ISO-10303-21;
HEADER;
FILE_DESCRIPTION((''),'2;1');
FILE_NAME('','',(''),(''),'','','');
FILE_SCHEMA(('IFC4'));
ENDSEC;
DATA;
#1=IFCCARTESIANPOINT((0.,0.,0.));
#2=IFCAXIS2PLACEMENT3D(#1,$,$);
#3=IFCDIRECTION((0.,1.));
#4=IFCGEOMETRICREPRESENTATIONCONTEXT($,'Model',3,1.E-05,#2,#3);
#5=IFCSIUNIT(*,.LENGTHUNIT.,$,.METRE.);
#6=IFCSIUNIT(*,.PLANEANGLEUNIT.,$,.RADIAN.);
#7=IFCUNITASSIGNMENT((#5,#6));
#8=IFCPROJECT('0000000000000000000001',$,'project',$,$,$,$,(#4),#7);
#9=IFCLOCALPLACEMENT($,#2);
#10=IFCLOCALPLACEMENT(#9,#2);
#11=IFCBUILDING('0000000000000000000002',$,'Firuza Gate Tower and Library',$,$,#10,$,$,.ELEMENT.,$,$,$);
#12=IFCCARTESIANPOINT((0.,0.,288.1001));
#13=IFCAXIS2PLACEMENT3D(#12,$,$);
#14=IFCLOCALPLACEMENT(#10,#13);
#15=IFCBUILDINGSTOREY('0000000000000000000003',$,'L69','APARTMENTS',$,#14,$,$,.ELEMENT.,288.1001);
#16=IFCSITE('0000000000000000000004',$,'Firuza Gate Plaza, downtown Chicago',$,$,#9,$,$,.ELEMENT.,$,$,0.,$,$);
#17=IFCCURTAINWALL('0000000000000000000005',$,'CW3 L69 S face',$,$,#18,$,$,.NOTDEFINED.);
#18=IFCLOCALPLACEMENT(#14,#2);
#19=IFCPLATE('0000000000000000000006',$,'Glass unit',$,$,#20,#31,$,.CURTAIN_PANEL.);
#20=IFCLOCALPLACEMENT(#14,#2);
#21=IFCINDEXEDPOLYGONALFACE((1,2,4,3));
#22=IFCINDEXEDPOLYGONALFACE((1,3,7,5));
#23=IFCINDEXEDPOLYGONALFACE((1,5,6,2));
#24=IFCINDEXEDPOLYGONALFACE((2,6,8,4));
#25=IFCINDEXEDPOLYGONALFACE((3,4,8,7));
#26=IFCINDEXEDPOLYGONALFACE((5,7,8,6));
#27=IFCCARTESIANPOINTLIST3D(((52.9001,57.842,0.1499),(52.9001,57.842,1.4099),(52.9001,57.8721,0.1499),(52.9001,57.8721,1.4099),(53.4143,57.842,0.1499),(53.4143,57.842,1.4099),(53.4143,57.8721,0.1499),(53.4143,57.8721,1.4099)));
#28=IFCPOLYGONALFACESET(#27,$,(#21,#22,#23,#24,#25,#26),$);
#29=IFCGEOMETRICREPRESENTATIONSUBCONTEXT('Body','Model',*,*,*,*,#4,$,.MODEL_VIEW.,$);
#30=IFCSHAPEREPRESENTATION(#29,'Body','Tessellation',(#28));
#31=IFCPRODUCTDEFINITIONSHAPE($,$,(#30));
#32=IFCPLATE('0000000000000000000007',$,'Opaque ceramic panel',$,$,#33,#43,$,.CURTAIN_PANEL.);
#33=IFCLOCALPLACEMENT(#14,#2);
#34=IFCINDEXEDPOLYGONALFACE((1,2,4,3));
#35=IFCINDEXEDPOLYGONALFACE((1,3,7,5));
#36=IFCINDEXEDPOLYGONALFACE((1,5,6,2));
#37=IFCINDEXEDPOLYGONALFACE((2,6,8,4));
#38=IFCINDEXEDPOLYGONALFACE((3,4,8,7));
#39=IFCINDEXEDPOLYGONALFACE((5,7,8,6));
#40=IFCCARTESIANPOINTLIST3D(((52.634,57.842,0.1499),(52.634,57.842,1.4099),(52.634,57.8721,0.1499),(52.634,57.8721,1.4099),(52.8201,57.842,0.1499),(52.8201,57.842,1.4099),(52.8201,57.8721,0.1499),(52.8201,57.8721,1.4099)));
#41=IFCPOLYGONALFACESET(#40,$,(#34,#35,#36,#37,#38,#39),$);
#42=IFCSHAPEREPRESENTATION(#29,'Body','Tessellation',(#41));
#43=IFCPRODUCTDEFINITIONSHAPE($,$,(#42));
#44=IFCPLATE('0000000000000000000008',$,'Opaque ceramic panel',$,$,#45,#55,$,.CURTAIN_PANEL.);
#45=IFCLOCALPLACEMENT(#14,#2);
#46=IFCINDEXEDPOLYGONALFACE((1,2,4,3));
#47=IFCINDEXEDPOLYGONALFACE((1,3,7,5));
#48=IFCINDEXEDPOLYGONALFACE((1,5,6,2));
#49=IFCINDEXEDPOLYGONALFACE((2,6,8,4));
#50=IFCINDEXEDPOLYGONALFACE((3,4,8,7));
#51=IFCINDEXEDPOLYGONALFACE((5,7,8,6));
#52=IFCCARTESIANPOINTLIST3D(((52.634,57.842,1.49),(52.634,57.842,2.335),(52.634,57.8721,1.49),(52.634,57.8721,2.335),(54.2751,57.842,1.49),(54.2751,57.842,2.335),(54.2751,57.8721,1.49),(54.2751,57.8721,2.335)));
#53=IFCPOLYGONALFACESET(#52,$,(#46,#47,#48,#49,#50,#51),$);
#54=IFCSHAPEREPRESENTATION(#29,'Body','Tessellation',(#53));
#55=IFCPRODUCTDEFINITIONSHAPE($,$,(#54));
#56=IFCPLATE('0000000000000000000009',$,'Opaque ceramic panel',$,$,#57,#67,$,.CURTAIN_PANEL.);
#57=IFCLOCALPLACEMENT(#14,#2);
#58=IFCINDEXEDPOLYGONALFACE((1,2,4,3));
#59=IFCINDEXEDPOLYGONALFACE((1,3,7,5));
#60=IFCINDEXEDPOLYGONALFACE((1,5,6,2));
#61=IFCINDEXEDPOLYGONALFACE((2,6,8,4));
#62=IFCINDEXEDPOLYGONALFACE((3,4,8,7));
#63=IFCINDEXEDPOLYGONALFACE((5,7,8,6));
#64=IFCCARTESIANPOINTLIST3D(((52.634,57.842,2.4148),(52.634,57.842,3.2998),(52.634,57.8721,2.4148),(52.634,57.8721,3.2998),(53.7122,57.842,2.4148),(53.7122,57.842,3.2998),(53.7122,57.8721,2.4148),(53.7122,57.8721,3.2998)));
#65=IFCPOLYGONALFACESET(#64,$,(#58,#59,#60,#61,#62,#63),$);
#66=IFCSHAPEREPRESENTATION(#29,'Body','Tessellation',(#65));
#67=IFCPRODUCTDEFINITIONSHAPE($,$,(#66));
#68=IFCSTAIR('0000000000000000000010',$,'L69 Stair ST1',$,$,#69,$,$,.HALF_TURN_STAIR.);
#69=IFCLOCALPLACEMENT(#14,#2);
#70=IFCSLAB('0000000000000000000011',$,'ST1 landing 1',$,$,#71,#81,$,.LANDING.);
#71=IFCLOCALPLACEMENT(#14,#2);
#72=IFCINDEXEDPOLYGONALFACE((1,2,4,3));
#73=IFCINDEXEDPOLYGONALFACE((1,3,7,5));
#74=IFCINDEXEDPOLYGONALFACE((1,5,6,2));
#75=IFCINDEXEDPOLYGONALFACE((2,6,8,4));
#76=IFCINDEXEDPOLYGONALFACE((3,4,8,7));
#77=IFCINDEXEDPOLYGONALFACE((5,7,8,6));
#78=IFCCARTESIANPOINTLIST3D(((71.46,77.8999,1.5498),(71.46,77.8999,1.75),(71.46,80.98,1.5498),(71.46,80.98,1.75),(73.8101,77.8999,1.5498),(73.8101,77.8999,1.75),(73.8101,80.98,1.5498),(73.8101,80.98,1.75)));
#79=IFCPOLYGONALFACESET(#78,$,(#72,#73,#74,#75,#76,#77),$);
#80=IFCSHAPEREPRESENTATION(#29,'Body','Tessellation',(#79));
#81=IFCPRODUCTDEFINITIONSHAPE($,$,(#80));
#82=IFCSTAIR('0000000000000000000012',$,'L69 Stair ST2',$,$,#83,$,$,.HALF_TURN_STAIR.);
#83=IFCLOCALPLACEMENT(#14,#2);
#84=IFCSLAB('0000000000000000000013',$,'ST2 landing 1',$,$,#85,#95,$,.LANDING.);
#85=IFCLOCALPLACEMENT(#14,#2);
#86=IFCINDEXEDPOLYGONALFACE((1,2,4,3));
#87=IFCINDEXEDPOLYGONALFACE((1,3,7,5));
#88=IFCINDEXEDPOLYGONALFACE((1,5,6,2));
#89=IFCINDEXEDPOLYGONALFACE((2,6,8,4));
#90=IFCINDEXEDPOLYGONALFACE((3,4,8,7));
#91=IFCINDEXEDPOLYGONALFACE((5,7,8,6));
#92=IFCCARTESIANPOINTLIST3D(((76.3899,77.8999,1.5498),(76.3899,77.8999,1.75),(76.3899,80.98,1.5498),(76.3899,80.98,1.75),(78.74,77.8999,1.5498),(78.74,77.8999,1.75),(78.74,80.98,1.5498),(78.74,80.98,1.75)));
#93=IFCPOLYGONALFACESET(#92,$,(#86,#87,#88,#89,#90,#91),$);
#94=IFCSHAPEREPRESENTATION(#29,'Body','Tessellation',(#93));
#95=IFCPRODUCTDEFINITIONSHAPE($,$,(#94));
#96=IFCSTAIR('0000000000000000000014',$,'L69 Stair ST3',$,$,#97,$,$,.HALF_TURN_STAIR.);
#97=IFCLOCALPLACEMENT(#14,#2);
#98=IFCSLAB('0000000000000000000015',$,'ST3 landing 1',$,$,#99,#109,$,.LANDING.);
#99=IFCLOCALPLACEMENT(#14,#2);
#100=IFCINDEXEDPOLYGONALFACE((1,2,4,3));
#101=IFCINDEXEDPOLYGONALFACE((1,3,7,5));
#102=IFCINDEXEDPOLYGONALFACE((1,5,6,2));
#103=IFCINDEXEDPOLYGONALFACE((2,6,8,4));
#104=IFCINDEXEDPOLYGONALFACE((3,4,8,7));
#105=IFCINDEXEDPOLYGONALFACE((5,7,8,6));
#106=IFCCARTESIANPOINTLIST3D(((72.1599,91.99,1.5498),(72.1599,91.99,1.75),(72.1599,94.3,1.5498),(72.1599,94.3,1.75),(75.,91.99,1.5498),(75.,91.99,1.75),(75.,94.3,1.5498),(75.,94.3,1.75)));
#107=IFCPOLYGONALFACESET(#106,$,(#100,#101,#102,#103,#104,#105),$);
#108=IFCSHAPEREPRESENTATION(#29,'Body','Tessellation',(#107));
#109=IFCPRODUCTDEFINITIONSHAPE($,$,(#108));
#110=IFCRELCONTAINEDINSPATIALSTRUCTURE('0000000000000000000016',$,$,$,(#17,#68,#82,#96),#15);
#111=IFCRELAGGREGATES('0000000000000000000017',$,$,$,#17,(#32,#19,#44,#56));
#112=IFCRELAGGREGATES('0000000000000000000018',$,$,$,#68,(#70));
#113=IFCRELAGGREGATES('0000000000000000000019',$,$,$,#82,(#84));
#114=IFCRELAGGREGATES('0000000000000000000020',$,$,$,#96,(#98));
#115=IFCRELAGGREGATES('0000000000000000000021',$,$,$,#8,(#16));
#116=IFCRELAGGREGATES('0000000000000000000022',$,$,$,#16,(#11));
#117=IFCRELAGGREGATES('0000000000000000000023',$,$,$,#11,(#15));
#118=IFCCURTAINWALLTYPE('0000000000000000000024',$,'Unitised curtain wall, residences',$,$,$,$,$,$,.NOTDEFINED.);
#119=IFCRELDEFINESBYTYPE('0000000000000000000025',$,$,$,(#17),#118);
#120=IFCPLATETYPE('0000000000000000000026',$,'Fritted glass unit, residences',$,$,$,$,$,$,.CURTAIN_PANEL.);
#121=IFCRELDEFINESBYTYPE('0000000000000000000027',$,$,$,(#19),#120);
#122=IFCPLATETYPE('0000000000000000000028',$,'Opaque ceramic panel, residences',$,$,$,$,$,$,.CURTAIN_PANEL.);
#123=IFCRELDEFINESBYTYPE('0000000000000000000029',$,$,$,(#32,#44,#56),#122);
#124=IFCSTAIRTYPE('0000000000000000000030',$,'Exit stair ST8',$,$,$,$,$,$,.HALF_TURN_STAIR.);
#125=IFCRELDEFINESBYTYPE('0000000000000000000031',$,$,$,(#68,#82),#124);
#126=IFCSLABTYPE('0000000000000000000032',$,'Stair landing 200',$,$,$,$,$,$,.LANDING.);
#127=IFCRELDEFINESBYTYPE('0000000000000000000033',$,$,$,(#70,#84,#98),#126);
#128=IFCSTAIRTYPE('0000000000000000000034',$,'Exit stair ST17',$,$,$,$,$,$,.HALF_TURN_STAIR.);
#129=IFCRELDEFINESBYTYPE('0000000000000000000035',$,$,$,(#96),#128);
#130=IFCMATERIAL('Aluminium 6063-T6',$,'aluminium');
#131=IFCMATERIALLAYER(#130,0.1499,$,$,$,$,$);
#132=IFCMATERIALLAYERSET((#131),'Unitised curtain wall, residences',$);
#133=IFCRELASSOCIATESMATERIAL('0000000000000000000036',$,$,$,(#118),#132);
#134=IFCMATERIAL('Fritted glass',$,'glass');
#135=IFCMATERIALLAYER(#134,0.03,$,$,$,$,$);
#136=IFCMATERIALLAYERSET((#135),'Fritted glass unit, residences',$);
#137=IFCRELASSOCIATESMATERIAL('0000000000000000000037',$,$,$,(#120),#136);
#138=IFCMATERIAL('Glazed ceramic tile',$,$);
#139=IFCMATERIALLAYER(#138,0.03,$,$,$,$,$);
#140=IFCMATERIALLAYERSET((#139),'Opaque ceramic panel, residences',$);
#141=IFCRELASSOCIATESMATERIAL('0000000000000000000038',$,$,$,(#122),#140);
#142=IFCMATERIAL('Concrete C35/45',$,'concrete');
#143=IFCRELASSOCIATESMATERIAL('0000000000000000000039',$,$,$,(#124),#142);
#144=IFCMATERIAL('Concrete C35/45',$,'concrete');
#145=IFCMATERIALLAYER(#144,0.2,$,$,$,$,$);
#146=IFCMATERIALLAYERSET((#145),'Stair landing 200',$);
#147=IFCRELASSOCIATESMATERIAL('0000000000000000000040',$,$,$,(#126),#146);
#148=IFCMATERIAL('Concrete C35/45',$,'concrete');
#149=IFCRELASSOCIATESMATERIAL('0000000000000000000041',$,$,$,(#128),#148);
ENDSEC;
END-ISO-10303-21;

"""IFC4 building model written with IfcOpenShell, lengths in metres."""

from ifc_helpers import new_model, si_unit, direction, frame, origin, place, context, subcontext, project, spatial, polyline, outline, extrude, material, layer, layer_set, type_object, element, aggregate, save


model = new_model("IFC4")

# Units and contexts
model_context = context("Model", 3, precision=1e-05, world=origin(), true_north=direction((0.0, 1.0)))
body_context = subcontext(model_context, "Body", "Model", "MODEL_VIEW")
ifc_project = project(units=[si_unit("LENGTHUNIT", "METRE"), si_unit("PLANEANGLEUNIT", "RADIAN")], contexts=[model_context])

# Site, building, storey
site_placement = place(None, origin())
site = spatial("IfcSite", under=ifc_project, at=site_placement, Name="Firuza Gate Plaza, downtown Chicago", CompositionType="ELEMENT", RefElevation=0.0)
building_placement = place(site_placement, origin())
building = spatial("IfcBuilding", under=site, at=building_placement, Name="Firuza Gate Tower and Library", CompositionType="ELEMENT")
storey_placement = place(building_placement, frame((0.0, 0.0, 288.1001)))
storey = spatial("IfcBuildingStorey", under=building, at=storey_placement, Name="L69", Description="APARTMENTS", CompositionType="ELEMENT", Elevation=288.1001)

# Curtain wall
ifc_material_1 = material(Name="Aluminium 6063-T6", Category="aluminium")
ifc_layer_1 = layer(ifc_material_1, 0.1499)
ifc_layer_set_1 = layer_set([ifc_layer_1], Name="Unitised curtain wall, residences")
curtain_wall_type = type_object("IfcCurtainWallType", Name="Unitised curtain wall, residences", PredefinedType="NOTDEFINED", material=ifc_layer_set_1)
placement_1 = place(storey_placement, origin())
curtain_wall = element("IfcCurtainWall", 1, at=placement_1, inside=storey, type_object=curtain_wall_type, Name="CW3 L69 S face", PredefinedType="NOTDEFINED")

# Plates
ifc_material_2 = material(Name="Fritted glass", Category="glass")
ifc_layer_2 = layer(ifc_material_2, 0.03)
ifc_layer_set_2 = layer_set([ifc_layer_2], Name="Fritted glass unit, residences")
plate_type_1 = type_object("IfcPlateType", Name="Fritted glass unit, residences", PredefinedType="CURTAIN_PANEL", material=ifc_layer_set_2)
plate_1_placement = place(storey_placement, frame((52.9001, 57.842, 0.1499), z_axis=(0.0, -1.0, 0.0), x_axis=(1.0, 0.0, 0.0)))
plate_1 = element("IfcPlate", 2, at=plate_1_placement, type_object=plate_type_1, Name="Glass unit", PredefinedType="CURTAIN_PANEL", context=body_context, shape_type="SweptSolid", body=[
    extrude(outline(polyline([(0.0, 0.0), (0.5142, 0.0), (0.5142, 1.26), (0.0, 1.26), (0.0, 0.0)])), origin(), (0.0, 0.0, -1.0), 0.03),
])
ifc_material_3 = material(Name="Glazed ceramic tile")
ifc_layer_3 = layer(ifc_material_3, 0.03)
ifc_layer_set_3 = layer_set([ifc_layer_3], Name="Opaque ceramic panel, residences")
plate_type_2 = type_object("IfcPlateType", Name="Opaque ceramic panel, residences", PredefinedType="CURTAIN_PANEL", material=ifc_layer_set_3)
plate_2_placement = place(storey_placement, frame((52.634, 57.842, 0.1499), z_axis=(0.0, -1.0, 0.0), x_axis=(1.0, 0.0, 0.0)))
plate_2 = element("IfcPlate", 3, at=plate_2_placement, type_object=plate_type_2, Name="Opaque ceramic panel", PredefinedType="CURTAIN_PANEL", context=body_context, shape_type="SweptSolid", body=[
    extrude(outline(polyline([(0.0, 0.0), (0.186, 0.0), (0.186, 1.26), (0.0, 1.26), (0.0, 0.0)])), origin(), (0.0, 0.0, -1.0), 0.03),
])
plate_3_placement = place(storey_placement, frame((52.634, 57.842, 1.49), z_axis=(0.0, -1.0, 0.0), x_axis=(1.0, 0.0, 0.0)))
plate_3 = element("IfcPlate", 4, at=plate_3_placement, type_object=plate_type_2, Name="Opaque ceramic panel", PredefinedType="CURTAIN_PANEL", context=body_context, shape_type="SweptSolid", body=[
    extrude(outline(polyline([(0.0, 0.0), (1.6411, 0.0), (1.6411, 0.845), (0.0, 0.845), (0.0, 0.0)])), origin(), (0.0, 0.0, -1.0), 0.03),
])
plate_4_placement = place(storey_placement, frame((52.634, 57.842, 2.4148), z_axis=(0.0, -1.0, 0.0), x_axis=(1.0, 0.0, 0.0)))
plate_4 = element("IfcPlate", 5, at=plate_4_placement, type_object=plate_type_2, Name="Opaque ceramic panel", PredefinedType="CURTAIN_PANEL", context=body_context, shape_type="SweptSolid", body=[
    extrude(outline(polyline([(0.0, 0.0), (1.0781, 0.0), (1.0781, 0.885), (0.0, 0.885), (0.0, 0.0)])), origin(), (0.0, 0.0, -1.0), 0.03),
])
aggregate(curtain_wall, [plate_2, plate_1, plate_3, plate_4])

# Stairs, slabs
ifc_material_4 = material(Name="Concrete C35/45", Category="concrete")
stair_type_1 = type_object("IfcStairType", Name="Exit stair ST8", PredefinedType="HALF_TURN_STAIR", material=ifc_material_4)
stair_1 = element("IfcStair", 6, at=placement_1, inside=storey, type_object=stair_type_1, Name="L69 Stair ST1", PredefinedType="HALF_TURN_STAIR")
ifc_material_5 = material(Name="Concrete C35/45", Category="concrete")
ifc_layer_4 = layer(ifc_material_5, 0.2)
ifc_layer_set_4 = layer_set([ifc_layer_4], Name="Stair landing 200")
slab_type_1 = type_object("IfcSlabType", Name="Stair landing 200", PredefinedType="LANDING", material=ifc_layer_set_4)
placement_2 = place(storey_placement, frame((0.0, 0.0, 1.5498)))
slab_1 = element("IfcSlab", 7, at=placement_2, type_object=slab_type_1, Name="ST1 landing 1", PredefinedType="LANDING", context=body_context, shape_type="SweptSolid", body=[
    extrude(outline(polyline([(71.46, 77.8999), (73.8101, 77.8999), (73.8101, 80.98), (71.46, 80.98), (71.46, 77.8999)])), origin(), (0.0, 0.0, 1.0), 0.2002),
])
aggregate(stair_1, [slab_1])
stair_2 = element("IfcStair", 8, at=placement_1, inside=storey, type_object=stair_type_1, Name="L69 Stair ST2", PredefinedType="HALF_TURN_STAIR")
slab_2 = element("IfcSlab", 9, at=placement_2, type_object=slab_type_1, Name="ST2 landing 1", PredefinedType="LANDING", context=body_context, shape_type="SweptSolid", body=[
    extrude(outline(polyline([(78.74, 80.98), (76.3899, 80.98), (76.3899, 77.8999), (78.74, 77.8999), (78.74, 80.98)])), origin(), (0.0, 0.0, 1.0), 0.2002),
])
aggregate(stair_2, [slab_2])
ifc_material_6 = material(Name="Concrete C35/45", Category="concrete")
stair_type_2 = type_object("IfcStairType", Name="Exit stair ST17", PredefinedType="HALF_TURN_STAIR", material=ifc_material_6)
stair_3 = element("IfcStair", 10, at=placement_1, inside=storey, type_object=stair_type_2, Name="L69 Stair ST3", PredefinedType="HALF_TURN_STAIR")
slab_3 = element("IfcSlab", 11, at=placement_2, type_object=slab_type_1, Name="ST3 landing 1", PredefinedType="LANDING", context=body_context, shape_type="SweptSolid", body=[
    extrude(outline(polyline([(75.0, 91.99), (75.0, 94.3), (72.1599, 94.3), (72.1599, 91.99), (75.0, 91.99)])), origin(), (0.0, 0.0, 1.0), 0.2002),
])
aggregate(stair_3, [slab_3])

save(model, "model.ifc")
